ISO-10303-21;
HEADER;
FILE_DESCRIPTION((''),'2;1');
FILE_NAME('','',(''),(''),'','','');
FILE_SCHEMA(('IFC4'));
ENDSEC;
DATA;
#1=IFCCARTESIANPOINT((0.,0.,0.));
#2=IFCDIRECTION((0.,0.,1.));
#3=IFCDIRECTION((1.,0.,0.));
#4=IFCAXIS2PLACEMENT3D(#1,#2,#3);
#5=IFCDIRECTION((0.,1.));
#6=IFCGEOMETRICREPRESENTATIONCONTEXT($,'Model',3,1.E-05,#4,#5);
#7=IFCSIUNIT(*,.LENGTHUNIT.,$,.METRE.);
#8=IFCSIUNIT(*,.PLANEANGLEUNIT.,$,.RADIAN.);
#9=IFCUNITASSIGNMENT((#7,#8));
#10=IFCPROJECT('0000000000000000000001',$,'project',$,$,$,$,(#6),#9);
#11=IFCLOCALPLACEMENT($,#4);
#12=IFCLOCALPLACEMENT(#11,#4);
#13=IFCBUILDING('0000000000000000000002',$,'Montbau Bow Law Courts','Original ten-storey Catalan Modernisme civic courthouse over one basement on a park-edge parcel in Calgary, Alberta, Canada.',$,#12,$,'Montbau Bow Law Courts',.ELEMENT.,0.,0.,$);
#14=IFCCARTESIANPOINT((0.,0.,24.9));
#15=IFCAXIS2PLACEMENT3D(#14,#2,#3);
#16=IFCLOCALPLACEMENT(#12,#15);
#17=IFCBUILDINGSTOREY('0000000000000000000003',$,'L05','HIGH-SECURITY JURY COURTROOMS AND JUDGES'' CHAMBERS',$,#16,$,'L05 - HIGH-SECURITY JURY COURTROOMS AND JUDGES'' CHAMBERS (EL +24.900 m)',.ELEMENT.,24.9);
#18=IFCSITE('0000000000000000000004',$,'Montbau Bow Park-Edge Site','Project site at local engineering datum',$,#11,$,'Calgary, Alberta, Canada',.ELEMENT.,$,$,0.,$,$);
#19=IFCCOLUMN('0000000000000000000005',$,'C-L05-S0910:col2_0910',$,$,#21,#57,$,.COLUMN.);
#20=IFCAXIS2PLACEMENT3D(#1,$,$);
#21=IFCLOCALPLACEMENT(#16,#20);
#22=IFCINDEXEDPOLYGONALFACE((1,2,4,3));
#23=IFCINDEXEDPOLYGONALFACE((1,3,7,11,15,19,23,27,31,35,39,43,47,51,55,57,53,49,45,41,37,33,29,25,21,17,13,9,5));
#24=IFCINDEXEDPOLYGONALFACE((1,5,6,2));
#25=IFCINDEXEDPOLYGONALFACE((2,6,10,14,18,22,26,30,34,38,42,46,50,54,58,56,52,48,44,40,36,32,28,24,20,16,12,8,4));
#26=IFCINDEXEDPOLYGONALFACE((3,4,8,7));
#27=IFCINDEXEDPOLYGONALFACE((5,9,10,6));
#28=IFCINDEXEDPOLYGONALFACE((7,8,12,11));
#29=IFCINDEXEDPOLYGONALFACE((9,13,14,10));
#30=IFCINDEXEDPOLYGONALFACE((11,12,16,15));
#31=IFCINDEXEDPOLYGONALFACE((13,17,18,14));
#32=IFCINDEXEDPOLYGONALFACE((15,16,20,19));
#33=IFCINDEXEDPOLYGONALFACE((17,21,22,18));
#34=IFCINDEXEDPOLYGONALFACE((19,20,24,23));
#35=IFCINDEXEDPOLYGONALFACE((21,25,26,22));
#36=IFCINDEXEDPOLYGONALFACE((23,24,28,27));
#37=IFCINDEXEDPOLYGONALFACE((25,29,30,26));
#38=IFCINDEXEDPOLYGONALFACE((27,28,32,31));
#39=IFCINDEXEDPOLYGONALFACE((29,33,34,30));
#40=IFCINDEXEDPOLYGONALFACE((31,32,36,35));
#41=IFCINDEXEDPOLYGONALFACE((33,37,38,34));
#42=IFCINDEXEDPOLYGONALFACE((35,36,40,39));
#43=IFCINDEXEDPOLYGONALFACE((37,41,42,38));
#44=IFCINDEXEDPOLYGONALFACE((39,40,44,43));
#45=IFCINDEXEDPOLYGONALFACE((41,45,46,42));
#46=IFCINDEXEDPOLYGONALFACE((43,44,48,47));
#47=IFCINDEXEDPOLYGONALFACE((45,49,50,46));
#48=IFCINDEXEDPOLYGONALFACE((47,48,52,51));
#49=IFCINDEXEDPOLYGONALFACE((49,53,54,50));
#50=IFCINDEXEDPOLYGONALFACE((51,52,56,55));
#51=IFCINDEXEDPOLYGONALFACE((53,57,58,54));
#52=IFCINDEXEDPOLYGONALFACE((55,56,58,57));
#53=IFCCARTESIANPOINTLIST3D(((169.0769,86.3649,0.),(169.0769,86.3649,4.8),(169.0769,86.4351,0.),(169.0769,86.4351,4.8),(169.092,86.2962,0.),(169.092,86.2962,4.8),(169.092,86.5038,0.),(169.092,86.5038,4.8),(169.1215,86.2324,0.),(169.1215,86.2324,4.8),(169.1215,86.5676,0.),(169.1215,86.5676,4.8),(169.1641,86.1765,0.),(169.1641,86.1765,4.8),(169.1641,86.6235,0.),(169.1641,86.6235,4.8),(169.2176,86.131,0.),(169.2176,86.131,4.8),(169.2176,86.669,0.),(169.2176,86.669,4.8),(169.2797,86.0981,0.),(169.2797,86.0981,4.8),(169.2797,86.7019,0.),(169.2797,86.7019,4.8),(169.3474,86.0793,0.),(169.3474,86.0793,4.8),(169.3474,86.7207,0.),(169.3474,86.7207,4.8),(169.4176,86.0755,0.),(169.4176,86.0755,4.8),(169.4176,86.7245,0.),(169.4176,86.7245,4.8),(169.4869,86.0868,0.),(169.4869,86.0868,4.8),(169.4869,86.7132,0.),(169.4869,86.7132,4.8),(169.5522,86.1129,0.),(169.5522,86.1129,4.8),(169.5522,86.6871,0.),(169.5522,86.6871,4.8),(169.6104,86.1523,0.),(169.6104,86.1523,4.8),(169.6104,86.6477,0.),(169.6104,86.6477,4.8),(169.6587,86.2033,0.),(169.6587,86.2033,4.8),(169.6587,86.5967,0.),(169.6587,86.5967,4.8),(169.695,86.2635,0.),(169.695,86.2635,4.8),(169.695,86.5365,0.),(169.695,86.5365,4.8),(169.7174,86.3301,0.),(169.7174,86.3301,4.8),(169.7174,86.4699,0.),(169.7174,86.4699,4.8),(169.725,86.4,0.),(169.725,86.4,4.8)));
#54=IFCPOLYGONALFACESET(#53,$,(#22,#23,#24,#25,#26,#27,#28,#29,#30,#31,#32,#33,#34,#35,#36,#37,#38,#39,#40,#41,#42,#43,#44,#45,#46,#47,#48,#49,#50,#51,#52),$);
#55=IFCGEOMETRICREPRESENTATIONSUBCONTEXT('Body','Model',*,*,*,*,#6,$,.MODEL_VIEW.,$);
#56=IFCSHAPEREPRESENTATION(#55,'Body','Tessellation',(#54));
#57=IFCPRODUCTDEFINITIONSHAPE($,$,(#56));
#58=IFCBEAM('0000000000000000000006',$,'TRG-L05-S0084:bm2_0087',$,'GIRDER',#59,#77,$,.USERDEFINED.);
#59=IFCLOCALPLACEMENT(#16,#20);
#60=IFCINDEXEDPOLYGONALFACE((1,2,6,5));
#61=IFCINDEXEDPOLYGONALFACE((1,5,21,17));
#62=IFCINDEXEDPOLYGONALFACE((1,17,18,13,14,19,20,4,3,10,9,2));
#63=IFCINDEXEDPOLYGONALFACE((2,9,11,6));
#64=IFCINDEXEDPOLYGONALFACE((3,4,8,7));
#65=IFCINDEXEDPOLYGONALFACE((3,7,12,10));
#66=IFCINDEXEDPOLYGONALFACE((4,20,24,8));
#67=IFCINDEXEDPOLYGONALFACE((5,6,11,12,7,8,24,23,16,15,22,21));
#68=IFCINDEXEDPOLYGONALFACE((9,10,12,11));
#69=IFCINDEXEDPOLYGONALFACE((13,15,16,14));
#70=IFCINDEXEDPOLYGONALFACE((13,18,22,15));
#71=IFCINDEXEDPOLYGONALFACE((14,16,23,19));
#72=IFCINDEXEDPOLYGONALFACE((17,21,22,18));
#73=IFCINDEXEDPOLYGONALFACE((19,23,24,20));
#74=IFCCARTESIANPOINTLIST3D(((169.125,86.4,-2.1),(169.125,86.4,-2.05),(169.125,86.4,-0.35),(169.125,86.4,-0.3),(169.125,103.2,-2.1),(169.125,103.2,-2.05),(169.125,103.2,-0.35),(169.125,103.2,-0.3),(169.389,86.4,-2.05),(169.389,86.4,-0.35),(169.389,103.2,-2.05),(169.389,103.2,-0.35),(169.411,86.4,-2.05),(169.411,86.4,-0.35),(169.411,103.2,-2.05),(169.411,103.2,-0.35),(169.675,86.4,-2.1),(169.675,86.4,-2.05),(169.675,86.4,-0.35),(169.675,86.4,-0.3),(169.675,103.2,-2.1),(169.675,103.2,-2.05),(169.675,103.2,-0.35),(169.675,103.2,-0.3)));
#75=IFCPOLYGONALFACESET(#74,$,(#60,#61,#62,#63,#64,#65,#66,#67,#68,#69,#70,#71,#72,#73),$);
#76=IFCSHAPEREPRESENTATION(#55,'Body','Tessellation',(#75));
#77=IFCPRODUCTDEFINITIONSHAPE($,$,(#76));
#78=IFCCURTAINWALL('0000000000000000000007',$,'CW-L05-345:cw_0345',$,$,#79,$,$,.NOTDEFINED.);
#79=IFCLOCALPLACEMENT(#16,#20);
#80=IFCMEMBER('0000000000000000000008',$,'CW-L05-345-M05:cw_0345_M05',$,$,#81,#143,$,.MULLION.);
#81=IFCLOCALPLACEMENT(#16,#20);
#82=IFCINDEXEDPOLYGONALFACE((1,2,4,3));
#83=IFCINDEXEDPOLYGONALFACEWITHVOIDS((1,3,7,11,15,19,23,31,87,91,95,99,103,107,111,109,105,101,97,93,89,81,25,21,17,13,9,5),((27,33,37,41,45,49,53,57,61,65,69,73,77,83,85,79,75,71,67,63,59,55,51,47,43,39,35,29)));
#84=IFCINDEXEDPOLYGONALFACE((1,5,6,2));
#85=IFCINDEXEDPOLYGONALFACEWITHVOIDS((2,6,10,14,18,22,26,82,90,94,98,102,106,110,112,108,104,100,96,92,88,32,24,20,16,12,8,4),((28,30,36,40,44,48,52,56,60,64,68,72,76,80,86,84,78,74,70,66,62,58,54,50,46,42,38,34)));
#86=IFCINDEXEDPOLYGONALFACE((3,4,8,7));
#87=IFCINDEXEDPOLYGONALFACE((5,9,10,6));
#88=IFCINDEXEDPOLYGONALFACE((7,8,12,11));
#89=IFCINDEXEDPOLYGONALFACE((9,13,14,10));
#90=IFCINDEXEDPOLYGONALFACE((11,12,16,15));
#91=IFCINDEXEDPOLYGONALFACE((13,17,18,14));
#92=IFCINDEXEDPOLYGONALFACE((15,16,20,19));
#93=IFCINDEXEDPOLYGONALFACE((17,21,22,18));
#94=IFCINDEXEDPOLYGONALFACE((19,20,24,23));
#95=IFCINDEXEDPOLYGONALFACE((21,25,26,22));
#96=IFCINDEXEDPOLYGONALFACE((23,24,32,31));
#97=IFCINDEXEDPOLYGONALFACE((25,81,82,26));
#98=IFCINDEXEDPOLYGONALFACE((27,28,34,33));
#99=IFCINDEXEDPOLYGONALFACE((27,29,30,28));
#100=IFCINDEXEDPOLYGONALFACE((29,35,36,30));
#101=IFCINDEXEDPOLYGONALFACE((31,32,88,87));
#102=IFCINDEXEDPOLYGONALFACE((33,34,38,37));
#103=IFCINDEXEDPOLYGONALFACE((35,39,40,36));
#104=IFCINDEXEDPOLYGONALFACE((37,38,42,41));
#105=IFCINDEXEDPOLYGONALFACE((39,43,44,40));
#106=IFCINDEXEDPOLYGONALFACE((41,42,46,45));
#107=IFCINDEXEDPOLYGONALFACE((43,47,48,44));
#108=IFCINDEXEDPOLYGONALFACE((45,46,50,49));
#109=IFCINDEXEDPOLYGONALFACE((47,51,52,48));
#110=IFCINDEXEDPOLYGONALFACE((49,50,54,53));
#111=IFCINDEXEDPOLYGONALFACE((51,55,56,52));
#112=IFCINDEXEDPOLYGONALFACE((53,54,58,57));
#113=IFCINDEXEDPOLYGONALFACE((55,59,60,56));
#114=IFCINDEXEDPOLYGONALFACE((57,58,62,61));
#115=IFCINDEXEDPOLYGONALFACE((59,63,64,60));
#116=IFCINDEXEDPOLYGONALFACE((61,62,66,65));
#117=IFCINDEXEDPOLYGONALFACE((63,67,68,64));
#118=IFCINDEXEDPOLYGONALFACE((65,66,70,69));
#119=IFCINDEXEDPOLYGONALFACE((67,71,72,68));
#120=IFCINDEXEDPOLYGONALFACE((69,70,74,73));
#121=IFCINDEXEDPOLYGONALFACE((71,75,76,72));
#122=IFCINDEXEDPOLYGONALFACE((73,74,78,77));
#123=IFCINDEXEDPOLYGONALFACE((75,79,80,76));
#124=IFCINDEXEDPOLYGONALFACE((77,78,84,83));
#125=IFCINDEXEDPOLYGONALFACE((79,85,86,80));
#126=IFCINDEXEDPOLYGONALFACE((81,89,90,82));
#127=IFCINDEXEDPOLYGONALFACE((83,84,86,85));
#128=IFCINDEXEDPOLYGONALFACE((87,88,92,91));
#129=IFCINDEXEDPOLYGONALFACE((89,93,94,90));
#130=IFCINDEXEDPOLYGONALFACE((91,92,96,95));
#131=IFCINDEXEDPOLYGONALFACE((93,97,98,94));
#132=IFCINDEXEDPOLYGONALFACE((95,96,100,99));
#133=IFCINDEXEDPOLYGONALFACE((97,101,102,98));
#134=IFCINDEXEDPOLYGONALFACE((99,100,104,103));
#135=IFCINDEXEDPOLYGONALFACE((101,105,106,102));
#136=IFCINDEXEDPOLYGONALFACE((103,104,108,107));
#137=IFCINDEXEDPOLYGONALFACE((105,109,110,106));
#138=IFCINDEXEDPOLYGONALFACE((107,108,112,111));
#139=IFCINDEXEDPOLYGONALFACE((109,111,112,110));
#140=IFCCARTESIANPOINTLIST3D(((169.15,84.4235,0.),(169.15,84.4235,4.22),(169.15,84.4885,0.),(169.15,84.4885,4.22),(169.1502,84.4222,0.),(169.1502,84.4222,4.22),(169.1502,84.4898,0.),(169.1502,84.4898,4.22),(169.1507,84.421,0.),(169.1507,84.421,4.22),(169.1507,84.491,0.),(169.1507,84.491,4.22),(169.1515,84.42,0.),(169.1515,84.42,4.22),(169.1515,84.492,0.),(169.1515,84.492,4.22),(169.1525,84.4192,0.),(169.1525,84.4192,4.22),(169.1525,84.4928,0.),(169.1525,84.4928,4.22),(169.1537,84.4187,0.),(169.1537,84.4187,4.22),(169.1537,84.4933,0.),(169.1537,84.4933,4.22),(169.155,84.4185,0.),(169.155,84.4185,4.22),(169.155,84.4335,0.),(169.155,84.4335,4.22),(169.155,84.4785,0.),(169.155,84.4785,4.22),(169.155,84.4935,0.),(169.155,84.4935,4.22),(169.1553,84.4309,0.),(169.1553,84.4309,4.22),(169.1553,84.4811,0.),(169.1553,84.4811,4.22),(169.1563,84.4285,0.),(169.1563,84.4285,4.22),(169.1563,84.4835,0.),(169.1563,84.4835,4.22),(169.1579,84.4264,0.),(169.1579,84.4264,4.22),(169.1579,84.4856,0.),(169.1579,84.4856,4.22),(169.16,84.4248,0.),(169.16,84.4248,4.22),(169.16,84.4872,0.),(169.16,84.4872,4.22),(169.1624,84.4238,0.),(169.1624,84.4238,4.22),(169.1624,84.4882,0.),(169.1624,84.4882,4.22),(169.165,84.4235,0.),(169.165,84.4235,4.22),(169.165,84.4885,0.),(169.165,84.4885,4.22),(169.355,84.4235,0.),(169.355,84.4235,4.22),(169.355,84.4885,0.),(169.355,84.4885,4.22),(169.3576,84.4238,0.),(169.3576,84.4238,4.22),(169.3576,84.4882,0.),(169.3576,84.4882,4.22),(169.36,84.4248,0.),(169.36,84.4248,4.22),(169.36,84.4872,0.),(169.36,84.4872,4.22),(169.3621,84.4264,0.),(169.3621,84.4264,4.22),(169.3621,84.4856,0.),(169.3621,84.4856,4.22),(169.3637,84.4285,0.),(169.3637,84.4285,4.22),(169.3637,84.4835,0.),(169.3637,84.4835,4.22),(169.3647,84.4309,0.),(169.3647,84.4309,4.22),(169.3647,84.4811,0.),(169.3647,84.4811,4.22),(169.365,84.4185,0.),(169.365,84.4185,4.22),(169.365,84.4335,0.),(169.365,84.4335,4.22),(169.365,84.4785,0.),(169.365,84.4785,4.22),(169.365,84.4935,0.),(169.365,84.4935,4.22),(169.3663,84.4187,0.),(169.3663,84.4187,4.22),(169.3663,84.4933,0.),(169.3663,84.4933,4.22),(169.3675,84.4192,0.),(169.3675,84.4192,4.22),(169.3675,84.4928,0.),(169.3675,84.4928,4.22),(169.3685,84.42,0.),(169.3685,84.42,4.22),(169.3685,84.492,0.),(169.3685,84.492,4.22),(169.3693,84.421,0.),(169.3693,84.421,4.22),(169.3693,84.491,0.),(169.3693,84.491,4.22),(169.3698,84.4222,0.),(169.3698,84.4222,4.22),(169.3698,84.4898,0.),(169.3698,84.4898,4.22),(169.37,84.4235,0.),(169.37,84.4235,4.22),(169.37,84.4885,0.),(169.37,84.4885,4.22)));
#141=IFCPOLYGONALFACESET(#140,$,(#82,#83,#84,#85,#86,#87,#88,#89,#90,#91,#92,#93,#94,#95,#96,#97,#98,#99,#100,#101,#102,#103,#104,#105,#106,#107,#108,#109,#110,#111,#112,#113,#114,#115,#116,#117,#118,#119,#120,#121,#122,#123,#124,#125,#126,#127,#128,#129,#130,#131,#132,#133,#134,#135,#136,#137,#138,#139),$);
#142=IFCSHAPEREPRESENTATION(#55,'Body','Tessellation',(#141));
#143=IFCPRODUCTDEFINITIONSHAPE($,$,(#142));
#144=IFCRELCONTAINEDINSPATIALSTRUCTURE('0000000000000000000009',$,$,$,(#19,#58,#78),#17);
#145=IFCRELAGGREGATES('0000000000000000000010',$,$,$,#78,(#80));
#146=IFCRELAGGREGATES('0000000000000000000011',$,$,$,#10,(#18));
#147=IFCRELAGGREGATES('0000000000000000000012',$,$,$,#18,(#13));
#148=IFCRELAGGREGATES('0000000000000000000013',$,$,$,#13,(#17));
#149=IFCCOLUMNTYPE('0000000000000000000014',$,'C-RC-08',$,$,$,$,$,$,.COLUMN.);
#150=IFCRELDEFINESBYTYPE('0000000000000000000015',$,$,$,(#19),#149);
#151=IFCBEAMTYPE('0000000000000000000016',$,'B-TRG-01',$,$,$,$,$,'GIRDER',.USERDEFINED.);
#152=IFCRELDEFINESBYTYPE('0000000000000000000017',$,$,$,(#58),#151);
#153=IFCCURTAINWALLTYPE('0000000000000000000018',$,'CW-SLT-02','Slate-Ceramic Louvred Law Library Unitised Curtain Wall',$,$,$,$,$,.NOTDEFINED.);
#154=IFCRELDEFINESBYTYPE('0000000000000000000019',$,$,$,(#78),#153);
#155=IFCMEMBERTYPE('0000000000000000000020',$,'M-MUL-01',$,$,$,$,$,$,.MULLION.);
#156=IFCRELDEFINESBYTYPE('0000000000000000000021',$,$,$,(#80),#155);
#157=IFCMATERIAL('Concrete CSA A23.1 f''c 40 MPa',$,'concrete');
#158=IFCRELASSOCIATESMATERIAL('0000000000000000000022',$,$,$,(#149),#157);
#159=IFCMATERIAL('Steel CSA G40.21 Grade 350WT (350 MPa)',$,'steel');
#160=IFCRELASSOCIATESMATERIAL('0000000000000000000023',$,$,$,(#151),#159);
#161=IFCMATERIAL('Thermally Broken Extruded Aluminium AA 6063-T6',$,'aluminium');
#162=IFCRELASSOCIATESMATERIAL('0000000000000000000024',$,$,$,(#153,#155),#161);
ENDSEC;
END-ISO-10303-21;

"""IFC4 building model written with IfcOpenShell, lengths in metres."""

from ifc_helpers import new_model, si_unit, direction, frame, origin_with_axes, origin_2d_with_axis, place, context, subcontext, project, spatial, hollow_rectangle, circle, i_section, extrude, material, material_profile, profile_set, type_object, element, aggregate, save


model = new_model("IFC4")

# Units and contexts
model_context = context("Model", 3, precision=1e-05, world=origin_with_axes(), true_north=direction((0.0, 1.0)))
body_context = subcontext(model_context, "Body", "Model", "MODEL_VIEW")
ifc_project = project(units=[si_unit("LENGTHUNIT", "METRE"), si_unit("PLANEANGLEUNIT", "RADIAN")], contexts=[model_context])

# Site, building, storey
site_placement = place(None, origin_with_axes())
site = spatial("IfcSite", under=ifc_project, at=site_placement, Name="Montbau Bow Park-Edge Site", Description="Project site at local engineering datum", LongName="Calgary, Alberta, Canada", CompositionType="ELEMENT", RefElevation=0.0)
building_placement = place(site_placement, origin_with_axes())
building = spatial("IfcBuilding", under=site, at=building_placement, Name="Montbau Bow Law Courts", Description="Original ten-storey Catalan Modernisme civic courthouse over one basement on a park-edge parcel in Calgary, Alberta, Canada.", LongName="Montbau Bow Law Courts", CompositionType="ELEMENT", ElevationOfRefHeight=0.0, ElevationOfTerrain=0.0)
storey_placement = place(building_placement, frame((0.0, 0.0, 24.9), z_axis=(0.0, 0.0, 1.0), x_axis=(1.0, 0.0, 0.0)))
storey = spatial("IfcBuildingStorey", under=building, at=storey_placement, Name="L05", Description="HIGH-SECURITY JURY COURTROOMS AND JUDGES' CHAMBERS", LongName="L05 - HIGH-SECURITY JURY COURTROOMS AND JUDGES' CHAMBERS (EL +24.900 m)", CompositionType="ELEMENT", Elevation=24.9)

# Column
ifc_material_1 = material(Name="Concrete CSA A23.1 f'c 40 MPa", Category="concrete")
ifc_material_profile_1 = material_profile(ifc_material_1, circle(Radius=0.325, at=origin_2d_with_axis()), Name="RC650D", Category="Main", Priority=0)
ifc_profile_set_1 = profile_set([ifc_material_profile_1], Name="Concrete CSA A23.1 f'c 40 MPa")
column_type = type_object("IfcColumnType", Name="C-RC-08", PredefinedType="COLUMN", material=ifc_profile_set_1)
column_placement = place(None, frame((169.4, 86.4, 24.9), z_axis=(0.0, 0.0, 1.0), x_axis=(1.0, 0.0, 0.0)))
element("IfcColumn", 1, at=column_placement, inside=storey, type_object=column_type, Name="C-L05-S0910:col2_0910", PredefinedType="COLUMN", context=body_context, shape_type="SweptSolid", body=[
    extrude(circle(Radius=0.325, at=origin_2d_with_axis()), origin_with_axes(), (0.0, 0.0, 1.0), 4.8),
])

# Beam
ifc_material_2 = material(Name="Steel CSA G40.21 Grade 350WT (350 MPa)", Category="steel")
ifc_material_profile_2 = material_profile(ifc_material_2, i_section(OverallWidth=0.55, OverallDepth=1.8, WebThickness=0.022, FlangeThickness=0.05, at=origin_2d_with_axis()), Name="WWF1800X550", Category="Main", Priority=0)
ifc_profile_set_2 = profile_set([ifc_material_profile_2], Name="Steel CSA G40.21 Grade 350WT (350 MPa)")
beam_type = type_object("IfcBeamType", Name="B-TRG-01", ElementType="GIRDER", PredefinedType="USERDEFINED", material=ifc_profile_set_2)
beam_placement = place(None, frame((169.4, 86.4, 23.7), z_axis=(0.0, 1.0, 0.0), x_axis=(-1.0, 0.0, 0.0)))
element("IfcBeam", 2, at=beam_placement, inside=storey, type_object=beam_type, Name="TRG-L05-S0084:bm2_0087", ObjectType="GIRDER", PredefinedType="USERDEFINED", context=body_context, shape_type="SweptSolid", body=[
    extrude(i_section(OverallWidth=0.55, OverallDepth=1.8, WebThickness=0.022, FlangeThickness=0.05, at=origin_2d_with_axis()), origin_with_axes(), (0.0, 0.0, 1.0), 16.8),
])

# Curtain wall, member
ifc_material_3 = material(Name="Thermally Broken Extruded Aluminium AA 6063-T6", Category="aluminium")
curtain_wall_type = type_object("IfcCurtainWallType", Name="CW-SLT-02", Description="Slate-Ceramic Louvred Law Library Unitised Curtain Wall", PredefinedType="NOTDEFINED", material=ifc_material_3)
curtain_wall_1_placement = place(None, frame((169.26, 78.44, 24.9), z_axis=(0.0, 0.0, 1.0), x_axis=(1.0, 0.0, 0.0)))
curtain_wall_1 = element("IfcCurtainWall", 3, at=curtain_wall_1_placement, inside=storey, type_object=curtain_wall_type, Name="CW-L05-345:cw_0345", PredefinedType="NOTDEFINED")
ifc_material_profile_3 = material_profile(ifc_material_3, hollow_rectangle(XDim=0.075, YDim=0.22, WallThickness=0.005, InnerFilletRadius=0.01, OuterFilletRadius=0.005, at=origin_2d_with_axis()), Name="CWM-220X75", Category="Main", Priority=0)
ifc_profile_set_3 = profile_set([ifc_material_profile_3], Name="Thermally Broken Extruded Aluminium AA 6063-T6")
member_type_1 = type_object("IfcMemberType", Name="M-MUL-01", PredefinedType="MULLION", material=ifc_profile_set_3)
member_1_placement = place(None, frame((169.26, 84.456, 24.9), z_axis=(0.0, 0.0, 1.0), x_axis=(0.0, 1.0, 0.0)))
member_1 = element("IfcMember", 4, at=member_1_placement, type_object=member_type_1, Name="CW-L05-345-M05:cw_0345_M05", PredefinedType="MULLION", context=body_context, shape_type="SweptSolid", body=[
    extrude(hollow_rectangle(XDim=0.075, YDim=0.22, WallThickness=0.005, InnerFilletRadius=0.01, OuterFilletRadius=0.005, at=origin_2d_with_axis()), origin_with_axes(), (0.0, 0.0, 1.0), 4.22),
])

aggregate(curtain_wall_1, [member_1])

save(model, "model.ifc")
